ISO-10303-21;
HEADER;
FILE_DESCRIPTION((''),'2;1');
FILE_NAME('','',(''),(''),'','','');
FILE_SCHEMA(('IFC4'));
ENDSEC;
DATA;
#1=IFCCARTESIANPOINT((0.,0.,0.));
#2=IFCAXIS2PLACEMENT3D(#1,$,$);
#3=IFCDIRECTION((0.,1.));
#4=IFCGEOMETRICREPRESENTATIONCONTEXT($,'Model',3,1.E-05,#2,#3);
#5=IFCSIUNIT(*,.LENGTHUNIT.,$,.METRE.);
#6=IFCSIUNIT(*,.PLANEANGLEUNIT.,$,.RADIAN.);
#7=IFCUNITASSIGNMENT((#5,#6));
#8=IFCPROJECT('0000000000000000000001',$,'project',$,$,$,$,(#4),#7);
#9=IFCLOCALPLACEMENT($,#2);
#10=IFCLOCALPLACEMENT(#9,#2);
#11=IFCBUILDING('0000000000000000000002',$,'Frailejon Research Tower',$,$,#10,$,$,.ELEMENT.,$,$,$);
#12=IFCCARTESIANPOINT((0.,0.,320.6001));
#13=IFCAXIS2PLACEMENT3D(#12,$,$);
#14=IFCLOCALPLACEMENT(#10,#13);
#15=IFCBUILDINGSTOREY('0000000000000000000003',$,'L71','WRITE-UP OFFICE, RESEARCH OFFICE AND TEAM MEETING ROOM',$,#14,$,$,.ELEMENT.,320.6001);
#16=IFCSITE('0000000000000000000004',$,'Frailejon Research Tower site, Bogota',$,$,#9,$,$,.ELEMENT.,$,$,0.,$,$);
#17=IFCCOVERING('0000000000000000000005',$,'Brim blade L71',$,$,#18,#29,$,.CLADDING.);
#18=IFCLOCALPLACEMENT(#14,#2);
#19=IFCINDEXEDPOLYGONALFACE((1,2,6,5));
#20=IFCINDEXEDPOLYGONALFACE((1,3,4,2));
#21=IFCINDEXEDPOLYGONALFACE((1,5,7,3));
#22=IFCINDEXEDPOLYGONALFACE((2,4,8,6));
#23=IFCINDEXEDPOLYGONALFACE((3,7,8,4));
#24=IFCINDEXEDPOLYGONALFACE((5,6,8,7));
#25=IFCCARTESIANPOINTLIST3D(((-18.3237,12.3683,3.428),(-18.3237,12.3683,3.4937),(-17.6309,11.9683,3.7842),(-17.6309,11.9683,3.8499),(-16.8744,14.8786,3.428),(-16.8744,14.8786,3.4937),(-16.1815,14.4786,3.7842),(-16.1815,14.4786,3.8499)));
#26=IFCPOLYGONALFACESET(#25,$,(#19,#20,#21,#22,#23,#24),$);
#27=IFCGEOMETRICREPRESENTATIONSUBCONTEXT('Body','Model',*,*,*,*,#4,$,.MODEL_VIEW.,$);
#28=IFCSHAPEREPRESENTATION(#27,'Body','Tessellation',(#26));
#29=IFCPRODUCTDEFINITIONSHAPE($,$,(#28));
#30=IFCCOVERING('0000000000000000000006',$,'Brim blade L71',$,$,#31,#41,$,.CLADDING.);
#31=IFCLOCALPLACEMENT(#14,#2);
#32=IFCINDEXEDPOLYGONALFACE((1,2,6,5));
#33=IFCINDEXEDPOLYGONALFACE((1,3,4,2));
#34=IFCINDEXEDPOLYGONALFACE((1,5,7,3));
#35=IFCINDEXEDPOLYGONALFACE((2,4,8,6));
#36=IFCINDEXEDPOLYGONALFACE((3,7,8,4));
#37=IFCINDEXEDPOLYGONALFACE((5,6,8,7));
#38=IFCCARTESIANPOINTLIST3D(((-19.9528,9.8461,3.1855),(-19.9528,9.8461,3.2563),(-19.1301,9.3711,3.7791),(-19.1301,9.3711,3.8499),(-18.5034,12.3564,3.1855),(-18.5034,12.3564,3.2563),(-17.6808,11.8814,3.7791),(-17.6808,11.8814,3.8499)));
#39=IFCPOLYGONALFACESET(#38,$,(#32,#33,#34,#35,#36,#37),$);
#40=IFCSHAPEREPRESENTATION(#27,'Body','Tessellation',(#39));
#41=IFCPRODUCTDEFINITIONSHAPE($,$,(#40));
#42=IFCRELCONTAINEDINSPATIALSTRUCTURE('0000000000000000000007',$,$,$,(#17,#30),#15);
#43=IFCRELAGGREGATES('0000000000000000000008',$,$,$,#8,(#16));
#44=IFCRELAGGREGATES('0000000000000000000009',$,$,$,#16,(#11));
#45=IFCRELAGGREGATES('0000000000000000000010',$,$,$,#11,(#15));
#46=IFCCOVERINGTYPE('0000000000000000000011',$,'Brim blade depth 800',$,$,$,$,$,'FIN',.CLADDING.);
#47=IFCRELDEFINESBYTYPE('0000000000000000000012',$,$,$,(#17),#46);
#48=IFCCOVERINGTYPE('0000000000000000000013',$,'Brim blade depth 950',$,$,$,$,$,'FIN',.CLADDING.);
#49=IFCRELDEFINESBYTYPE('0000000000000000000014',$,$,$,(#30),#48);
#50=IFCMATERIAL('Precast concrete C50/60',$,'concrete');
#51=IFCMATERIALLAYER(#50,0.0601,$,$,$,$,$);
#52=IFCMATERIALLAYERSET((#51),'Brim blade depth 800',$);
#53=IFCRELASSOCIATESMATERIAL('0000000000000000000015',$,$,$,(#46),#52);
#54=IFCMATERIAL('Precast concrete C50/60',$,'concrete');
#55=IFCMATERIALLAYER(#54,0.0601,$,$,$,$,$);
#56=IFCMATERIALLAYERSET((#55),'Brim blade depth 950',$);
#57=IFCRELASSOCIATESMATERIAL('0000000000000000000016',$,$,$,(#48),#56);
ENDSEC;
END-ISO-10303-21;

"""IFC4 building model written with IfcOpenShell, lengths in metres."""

from ifc_helpers import new_model, si_unit, direction, frame, origin, place, context, subcontext, project, spatial, polyline, outline, extrude, material, layer, layer_set, type_object, element, save


model = new_model("IFC4")

# Units and contexts
model_context = context("Model", 3, precision=1e-05, world=origin(), true_north=direction((0.0, 1.0)))
body_context = subcontext(model_context, "Body", "Model", "MODEL_VIEW")
ifc_project = project(units=[si_unit("LENGTHUNIT", "METRE"), si_unit("PLANEANGLEUNIT", "RADIAN")], contexts=[model_context])

# Site, building, storey
site_placement = place(None, origin())
site = spatial("IfcSite", under=ifc_project, at=site_placement, Name="Frailejon Research Tower site, Bogota", CompositionType="ELEMENT", RefElevation=0.0)
building_placement = place(site_placement, origin())
building = spatial("IfcBuilding", under=site, at=building_placement, Name="Frailejon Research Tower", CompositionType="ELEMENT")
storey_placement = place(building_placement, frame((0.0, 0.0, 320.6001)))
storey = spatial("IfcBuildingStorey", under=building, at=storey_placement, Name="L71", Description="WRITE-UP OFFICE, RESEARCH OFFICE AND TEAM MEETING ROOM", CompositionType="ELEMENT", Elevation=320.6001)

# Coverings
ifc_material_1 = material(Name="Precast concrete C50/60", Category="concrete")
ifc_layer_1 = layer(ifc_material_1, 0.0601)
ifc_layer_set_1 = layer_set([ifc_layer_1], Name="Brim blade depth 800")
covering_type_1 = type_object("IfcCoveringType", Name="Brim blade depth 800", ElementType="FIN", PredefinedType="CLADDING", material=ifc_layer_set_1)
covering_1_placement = place(storey_placement, frame((-17.6309, 11.9683, 3.8499), z_axis=(0.500005, 0.866022, 0.0), x_axis=(-0.866022, 0.500005, 0.0)))
element("IfcCovering", 1, at=covering_1_placement, inside=storey, type_object=covering_type_1, Name="Brim blade L71", PredefinedType="CLADDING", context=body_context, shape_type="SweptSolid", body=[
    extrude(outline(polyline([(0.0, -0.0657), (0.8, -0.4219), (0.8, -0.3562), (0.0, 0.0), (0.0, -0.0657)])), origin(), (0.0, 0.0, 1.0), 2.8987),
])
ifc_material_2 = material(Name="Precast concrete C50/60", Category="concrete")
ifc_layer_2 = layer(ifc_material_2, 0.0601)
ifc_layer_set_2 = layer_set([ifc_layer_2], Name="Brim blade depth 950")
covering_type_2 = type_object("IfcCoveringType", Name="Brim blade depth 950", ElementType="FIN", PredefinedType="CLADDING", material=ifc_layer_set_2)
covering_2_placement = place(storey_placement, frame((-19.1301, 9.3711, 3.8499), z_axis=(0.500005, 0.866022, 0.0), x_axis=(-0.866022, 0.500005, 0.0)))
element("IfcCovering", 2, at=covering_2_placement, inside=storey, type_object=covering_type_2, Name="Brim blade L71", PredefinedType="CLADDING", context=body_context, shape_type="SweptSolid", body=[
    extrude(outline(polyline([(0.0, -0.0708), (0.95, -0.6643), (0.95, -0.5935), (0.0, 0.0), (0.0, -0.0708)])), origin(), (0.0, 0.0, 1.0), 2.8987),
])

save(model, "model.ifc")
